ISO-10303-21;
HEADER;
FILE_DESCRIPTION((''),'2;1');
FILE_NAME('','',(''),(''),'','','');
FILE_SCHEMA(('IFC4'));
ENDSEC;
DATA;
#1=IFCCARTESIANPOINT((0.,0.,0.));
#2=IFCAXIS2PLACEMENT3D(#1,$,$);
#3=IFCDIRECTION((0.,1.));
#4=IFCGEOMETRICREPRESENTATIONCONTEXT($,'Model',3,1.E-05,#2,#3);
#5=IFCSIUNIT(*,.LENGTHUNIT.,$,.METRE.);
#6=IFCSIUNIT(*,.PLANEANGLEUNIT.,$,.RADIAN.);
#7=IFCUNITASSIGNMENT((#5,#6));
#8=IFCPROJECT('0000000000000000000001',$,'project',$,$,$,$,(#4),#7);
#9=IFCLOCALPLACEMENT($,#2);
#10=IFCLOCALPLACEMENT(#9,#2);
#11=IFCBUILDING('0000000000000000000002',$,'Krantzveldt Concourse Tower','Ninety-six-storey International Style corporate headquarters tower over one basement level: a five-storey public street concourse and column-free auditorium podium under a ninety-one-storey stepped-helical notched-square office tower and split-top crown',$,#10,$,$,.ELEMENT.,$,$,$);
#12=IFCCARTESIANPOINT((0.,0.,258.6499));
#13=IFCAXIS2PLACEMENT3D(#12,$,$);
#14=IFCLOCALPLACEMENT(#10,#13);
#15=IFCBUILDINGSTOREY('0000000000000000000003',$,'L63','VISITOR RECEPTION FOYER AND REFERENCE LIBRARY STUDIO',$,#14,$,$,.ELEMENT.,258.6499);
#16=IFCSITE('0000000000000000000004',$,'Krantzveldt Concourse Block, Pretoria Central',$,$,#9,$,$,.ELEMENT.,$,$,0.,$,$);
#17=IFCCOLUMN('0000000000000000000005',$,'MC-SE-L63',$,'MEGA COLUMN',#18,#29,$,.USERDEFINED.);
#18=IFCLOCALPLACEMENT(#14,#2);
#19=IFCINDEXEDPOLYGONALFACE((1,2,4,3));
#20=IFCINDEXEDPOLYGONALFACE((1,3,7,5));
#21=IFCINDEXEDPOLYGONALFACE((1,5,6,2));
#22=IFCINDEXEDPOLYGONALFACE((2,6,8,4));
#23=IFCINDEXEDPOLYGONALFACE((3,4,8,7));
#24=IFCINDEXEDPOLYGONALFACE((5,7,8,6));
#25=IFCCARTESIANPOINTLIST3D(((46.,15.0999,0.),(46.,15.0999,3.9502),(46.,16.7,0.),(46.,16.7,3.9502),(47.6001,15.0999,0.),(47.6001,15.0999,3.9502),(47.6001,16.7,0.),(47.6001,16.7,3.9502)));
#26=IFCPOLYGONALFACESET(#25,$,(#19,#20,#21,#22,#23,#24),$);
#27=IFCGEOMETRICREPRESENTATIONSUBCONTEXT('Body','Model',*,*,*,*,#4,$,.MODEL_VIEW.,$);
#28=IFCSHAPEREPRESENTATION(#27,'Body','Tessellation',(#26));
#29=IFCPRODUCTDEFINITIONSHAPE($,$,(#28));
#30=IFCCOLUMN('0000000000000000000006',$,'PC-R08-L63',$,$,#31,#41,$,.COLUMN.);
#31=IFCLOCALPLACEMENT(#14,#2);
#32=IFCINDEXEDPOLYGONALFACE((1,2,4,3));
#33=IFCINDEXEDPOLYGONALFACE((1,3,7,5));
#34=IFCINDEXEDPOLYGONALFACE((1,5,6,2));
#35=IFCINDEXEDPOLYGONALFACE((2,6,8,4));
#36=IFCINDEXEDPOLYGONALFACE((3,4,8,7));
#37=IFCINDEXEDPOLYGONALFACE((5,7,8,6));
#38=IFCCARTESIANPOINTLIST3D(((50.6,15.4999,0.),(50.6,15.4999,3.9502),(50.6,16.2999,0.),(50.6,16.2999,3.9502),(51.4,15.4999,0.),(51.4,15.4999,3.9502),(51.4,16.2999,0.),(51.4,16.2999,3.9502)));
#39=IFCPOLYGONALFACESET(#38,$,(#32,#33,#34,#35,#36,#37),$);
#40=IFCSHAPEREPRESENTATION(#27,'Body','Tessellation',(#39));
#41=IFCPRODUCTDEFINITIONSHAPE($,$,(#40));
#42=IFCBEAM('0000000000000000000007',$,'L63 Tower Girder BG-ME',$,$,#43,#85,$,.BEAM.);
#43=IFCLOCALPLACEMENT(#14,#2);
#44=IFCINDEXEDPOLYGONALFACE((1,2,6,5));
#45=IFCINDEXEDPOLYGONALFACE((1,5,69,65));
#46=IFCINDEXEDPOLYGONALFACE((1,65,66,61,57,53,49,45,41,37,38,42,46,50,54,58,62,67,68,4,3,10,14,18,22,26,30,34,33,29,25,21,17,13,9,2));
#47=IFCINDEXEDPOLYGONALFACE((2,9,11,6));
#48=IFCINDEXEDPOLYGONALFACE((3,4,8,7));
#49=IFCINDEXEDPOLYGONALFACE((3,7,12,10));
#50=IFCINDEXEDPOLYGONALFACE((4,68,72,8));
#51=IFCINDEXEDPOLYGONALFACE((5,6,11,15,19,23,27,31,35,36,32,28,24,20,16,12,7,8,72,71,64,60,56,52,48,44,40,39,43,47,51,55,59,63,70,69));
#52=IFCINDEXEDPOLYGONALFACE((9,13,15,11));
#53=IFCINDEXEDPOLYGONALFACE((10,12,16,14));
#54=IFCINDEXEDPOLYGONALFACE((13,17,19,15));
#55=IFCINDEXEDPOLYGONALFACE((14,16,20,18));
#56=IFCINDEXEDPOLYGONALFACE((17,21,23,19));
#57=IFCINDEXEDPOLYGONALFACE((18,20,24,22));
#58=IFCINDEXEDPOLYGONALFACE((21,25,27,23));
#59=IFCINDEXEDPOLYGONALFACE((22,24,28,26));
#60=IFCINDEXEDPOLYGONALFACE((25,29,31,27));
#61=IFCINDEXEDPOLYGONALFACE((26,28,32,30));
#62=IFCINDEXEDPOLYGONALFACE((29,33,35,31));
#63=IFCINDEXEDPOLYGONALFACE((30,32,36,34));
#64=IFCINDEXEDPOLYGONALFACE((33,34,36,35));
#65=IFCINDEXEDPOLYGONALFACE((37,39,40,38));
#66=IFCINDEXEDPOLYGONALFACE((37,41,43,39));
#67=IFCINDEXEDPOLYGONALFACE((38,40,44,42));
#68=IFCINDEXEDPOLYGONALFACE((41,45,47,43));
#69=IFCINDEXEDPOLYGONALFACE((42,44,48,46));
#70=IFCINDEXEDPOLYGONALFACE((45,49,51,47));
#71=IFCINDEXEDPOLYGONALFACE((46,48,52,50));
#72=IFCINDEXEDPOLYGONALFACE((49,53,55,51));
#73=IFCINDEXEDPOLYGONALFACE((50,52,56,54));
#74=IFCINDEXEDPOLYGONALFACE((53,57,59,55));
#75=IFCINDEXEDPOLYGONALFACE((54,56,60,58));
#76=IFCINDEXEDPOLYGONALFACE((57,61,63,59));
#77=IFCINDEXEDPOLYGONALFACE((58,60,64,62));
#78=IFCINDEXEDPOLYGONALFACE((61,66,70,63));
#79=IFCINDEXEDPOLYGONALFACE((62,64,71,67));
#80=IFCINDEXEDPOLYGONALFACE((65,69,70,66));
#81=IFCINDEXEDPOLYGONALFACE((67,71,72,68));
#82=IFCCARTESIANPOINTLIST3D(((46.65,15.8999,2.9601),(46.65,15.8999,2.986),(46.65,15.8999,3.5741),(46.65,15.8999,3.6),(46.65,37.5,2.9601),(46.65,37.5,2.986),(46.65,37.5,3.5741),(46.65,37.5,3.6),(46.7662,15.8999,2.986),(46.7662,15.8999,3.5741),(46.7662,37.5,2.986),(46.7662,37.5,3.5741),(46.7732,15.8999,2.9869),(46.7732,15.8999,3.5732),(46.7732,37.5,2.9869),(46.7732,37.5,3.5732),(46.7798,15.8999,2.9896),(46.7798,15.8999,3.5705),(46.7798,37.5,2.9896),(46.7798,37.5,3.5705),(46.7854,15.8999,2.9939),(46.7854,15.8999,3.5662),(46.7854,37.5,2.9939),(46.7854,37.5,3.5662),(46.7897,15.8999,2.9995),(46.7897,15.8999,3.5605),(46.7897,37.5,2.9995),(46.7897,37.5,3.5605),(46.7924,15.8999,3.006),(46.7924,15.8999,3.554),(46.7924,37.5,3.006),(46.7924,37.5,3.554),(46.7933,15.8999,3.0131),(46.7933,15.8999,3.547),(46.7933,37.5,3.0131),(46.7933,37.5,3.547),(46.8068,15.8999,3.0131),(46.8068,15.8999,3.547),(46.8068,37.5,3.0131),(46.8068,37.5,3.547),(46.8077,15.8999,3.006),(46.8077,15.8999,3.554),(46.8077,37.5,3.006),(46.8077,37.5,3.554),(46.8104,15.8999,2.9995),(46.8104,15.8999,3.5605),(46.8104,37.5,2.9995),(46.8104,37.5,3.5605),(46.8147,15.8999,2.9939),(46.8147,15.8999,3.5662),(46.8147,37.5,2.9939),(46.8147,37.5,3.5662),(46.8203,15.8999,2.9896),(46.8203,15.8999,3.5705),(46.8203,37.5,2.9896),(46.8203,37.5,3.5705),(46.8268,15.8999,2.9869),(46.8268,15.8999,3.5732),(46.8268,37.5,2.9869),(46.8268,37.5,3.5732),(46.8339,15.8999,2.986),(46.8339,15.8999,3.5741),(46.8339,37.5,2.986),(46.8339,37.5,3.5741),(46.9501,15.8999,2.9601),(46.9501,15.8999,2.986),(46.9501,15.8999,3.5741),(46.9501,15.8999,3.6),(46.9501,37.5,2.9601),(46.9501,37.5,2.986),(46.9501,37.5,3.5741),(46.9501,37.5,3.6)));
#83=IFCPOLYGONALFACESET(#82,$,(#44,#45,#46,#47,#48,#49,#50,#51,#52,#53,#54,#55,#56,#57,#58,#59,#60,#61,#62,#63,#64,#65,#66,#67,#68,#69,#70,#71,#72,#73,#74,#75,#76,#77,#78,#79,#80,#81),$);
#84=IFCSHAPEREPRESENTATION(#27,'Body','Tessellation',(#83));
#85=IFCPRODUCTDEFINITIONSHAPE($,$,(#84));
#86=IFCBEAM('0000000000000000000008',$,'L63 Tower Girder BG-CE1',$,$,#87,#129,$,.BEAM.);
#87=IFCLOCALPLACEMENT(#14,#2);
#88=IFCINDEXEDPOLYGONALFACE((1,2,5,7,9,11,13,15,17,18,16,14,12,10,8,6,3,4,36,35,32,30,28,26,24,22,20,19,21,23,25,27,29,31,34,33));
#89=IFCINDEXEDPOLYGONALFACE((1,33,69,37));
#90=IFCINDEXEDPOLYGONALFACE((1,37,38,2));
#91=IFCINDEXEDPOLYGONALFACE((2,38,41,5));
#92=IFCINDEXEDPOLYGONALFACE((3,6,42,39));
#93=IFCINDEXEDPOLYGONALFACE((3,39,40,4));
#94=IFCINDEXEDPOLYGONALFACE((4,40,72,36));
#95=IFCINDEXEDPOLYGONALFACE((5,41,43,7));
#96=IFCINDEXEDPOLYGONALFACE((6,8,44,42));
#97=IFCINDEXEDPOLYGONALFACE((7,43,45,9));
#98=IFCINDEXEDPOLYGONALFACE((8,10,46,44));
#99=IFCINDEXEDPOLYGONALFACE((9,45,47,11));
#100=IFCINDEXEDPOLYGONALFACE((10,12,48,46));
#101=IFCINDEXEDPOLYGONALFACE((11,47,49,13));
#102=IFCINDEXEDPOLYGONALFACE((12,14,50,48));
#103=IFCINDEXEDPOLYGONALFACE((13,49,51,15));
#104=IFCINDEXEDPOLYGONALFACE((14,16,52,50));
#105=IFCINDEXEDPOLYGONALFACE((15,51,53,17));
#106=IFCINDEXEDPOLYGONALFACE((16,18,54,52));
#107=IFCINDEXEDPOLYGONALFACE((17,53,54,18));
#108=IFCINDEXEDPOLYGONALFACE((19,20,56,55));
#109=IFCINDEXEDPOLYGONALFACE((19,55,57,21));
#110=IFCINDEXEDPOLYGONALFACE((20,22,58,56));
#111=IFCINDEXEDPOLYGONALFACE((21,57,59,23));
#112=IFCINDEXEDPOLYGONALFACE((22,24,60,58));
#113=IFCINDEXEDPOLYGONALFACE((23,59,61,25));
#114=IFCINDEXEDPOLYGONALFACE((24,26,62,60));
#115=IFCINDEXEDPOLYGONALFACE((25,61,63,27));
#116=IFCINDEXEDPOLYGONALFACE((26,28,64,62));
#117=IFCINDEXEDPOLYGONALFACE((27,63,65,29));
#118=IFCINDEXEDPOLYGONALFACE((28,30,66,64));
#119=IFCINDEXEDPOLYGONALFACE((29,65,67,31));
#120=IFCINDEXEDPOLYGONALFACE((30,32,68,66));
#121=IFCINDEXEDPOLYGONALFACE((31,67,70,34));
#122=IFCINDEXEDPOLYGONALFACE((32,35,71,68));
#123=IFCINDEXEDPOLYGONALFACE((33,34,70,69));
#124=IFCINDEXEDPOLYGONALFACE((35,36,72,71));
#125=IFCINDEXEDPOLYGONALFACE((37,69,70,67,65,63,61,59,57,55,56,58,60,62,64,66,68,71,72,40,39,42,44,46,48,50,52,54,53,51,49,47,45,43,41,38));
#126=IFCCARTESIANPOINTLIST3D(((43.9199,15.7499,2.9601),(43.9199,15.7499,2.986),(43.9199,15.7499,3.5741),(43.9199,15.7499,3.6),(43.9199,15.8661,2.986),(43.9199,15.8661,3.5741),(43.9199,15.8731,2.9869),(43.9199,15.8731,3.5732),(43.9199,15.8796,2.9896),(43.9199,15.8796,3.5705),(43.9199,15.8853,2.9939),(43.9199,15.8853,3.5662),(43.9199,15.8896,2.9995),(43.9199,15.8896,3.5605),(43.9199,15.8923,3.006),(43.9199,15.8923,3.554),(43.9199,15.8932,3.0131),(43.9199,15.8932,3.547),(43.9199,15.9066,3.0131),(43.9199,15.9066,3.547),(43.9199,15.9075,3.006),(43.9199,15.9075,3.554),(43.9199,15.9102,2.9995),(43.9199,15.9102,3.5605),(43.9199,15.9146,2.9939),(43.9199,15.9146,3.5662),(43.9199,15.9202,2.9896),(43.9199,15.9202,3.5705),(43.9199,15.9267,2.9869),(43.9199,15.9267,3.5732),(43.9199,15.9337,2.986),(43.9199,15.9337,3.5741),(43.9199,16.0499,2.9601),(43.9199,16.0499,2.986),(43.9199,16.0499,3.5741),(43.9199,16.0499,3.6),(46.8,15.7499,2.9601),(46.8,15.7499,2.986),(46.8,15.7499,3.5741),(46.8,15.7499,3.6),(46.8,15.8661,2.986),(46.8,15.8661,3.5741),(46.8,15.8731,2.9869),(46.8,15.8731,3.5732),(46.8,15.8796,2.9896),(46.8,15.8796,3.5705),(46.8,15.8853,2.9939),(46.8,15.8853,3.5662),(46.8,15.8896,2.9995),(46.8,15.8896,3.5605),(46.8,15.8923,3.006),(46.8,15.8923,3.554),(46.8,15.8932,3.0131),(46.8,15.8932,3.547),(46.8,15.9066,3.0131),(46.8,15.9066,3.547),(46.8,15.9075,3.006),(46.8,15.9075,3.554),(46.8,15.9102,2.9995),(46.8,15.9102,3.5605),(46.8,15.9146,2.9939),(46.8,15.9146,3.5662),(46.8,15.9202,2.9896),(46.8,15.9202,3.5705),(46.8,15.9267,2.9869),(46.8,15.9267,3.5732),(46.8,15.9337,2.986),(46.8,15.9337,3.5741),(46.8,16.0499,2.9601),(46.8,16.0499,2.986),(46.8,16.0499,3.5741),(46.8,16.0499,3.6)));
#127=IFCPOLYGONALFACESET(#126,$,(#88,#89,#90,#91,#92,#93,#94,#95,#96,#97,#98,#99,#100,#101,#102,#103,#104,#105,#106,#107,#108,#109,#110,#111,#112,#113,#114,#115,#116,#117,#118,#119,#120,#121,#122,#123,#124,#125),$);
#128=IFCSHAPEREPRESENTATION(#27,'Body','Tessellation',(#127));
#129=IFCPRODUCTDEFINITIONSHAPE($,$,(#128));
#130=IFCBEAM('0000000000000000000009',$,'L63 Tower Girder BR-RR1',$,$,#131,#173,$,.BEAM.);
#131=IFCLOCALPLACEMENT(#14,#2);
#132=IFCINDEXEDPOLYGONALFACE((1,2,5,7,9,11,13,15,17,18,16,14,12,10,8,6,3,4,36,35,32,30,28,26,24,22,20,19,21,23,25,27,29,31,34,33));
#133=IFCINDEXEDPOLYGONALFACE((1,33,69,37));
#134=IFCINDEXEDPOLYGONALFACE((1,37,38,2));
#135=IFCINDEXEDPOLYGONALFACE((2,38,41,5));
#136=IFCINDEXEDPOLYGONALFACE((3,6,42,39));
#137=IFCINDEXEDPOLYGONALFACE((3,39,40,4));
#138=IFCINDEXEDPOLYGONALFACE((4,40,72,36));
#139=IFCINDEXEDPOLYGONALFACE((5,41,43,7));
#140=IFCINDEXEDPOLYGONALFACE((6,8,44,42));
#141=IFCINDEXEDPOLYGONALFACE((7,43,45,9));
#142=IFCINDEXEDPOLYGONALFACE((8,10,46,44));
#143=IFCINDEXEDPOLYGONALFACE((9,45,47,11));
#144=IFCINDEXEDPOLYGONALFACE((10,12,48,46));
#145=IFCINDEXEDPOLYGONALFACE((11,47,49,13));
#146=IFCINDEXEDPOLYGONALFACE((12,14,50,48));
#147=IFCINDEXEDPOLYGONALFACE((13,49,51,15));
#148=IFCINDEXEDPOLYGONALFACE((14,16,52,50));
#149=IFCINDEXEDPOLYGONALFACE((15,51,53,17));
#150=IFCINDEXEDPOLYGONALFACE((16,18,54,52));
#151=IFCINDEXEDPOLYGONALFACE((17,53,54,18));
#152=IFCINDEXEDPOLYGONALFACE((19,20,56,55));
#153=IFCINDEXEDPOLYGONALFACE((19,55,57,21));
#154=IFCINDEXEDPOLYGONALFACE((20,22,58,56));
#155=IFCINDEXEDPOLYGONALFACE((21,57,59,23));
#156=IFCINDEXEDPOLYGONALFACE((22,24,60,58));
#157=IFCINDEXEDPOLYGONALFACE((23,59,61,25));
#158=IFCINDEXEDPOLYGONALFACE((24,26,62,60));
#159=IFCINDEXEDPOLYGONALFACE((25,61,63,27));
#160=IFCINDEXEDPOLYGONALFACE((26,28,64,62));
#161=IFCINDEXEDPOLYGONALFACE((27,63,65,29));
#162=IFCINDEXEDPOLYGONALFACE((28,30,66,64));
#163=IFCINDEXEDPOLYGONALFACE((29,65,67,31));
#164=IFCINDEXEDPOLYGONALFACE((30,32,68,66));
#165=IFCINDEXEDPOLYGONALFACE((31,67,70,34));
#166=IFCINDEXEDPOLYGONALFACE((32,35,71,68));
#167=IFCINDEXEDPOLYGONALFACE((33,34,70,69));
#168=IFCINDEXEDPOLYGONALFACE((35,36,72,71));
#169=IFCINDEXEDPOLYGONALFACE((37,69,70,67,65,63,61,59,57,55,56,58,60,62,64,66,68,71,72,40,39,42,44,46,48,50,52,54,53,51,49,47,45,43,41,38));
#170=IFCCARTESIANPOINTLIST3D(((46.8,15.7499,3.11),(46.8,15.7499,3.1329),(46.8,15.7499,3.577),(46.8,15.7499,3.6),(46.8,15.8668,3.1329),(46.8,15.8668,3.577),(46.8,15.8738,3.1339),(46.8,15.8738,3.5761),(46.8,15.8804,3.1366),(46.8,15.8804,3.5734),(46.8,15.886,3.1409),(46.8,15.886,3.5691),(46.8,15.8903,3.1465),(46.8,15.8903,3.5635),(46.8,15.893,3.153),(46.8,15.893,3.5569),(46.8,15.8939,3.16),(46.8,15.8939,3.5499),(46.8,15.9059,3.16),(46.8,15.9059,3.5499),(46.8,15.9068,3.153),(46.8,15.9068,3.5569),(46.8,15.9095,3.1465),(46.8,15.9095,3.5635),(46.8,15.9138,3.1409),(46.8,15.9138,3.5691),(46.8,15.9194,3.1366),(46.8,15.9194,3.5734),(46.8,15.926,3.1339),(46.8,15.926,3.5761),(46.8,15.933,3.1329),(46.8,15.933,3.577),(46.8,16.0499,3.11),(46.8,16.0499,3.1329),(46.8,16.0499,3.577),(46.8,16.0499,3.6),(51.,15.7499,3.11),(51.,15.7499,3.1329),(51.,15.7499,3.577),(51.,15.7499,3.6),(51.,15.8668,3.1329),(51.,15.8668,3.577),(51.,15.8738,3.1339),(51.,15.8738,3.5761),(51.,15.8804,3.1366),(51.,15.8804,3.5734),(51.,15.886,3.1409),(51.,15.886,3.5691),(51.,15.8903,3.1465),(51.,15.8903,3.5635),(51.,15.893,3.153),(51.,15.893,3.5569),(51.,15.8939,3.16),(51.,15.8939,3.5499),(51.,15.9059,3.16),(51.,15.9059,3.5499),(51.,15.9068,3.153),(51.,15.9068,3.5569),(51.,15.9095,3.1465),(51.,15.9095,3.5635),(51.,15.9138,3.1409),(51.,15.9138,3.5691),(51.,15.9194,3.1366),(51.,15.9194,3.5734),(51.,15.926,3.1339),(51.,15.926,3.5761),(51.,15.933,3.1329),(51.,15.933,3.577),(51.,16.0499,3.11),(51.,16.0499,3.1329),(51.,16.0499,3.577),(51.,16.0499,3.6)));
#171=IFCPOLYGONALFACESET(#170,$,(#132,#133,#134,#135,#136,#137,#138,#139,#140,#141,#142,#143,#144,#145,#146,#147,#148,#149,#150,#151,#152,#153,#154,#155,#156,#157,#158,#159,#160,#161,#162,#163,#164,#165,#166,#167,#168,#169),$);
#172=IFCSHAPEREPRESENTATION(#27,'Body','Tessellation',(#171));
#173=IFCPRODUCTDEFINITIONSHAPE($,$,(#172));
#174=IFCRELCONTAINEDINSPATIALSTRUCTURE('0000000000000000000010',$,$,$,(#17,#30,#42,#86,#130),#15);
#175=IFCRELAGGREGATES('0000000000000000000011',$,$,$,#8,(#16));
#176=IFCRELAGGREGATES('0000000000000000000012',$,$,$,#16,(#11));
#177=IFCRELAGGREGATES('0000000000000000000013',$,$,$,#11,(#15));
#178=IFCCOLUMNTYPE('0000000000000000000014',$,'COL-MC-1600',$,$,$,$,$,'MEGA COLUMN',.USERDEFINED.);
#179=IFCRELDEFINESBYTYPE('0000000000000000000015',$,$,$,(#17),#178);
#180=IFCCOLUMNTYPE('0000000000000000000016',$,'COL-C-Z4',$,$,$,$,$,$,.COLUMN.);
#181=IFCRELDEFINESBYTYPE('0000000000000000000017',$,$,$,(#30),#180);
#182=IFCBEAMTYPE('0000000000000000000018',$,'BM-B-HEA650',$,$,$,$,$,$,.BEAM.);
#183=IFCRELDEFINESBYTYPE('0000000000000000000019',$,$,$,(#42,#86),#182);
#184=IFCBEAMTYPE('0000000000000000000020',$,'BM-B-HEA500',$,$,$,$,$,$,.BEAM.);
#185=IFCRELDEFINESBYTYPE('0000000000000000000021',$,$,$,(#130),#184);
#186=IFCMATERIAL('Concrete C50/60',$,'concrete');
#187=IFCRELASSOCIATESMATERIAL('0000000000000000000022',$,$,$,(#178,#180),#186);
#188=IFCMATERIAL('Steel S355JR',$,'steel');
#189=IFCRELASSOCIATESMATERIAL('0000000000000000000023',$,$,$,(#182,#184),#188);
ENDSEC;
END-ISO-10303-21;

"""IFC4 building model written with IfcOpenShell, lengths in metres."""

from ifc_helpers import new_model, si_unit, direction, frame, origin, origin_2d, place, context, subcontext, project, spatial, rectangle, i_section, extrude, source, transform, mapped, material, material_profile, profile_set, type_object, type_shapes, element, save


model = new_model("IFC4")

# Units and contexts
model_context = context("Model", 3, precision=1e-05, world=origin(), true_north=direction((0.0, 1.0)))
body_context = subcontext(model_context, "Body", "Model", "MODEL_VIEW")
ifc_project = project(units=[si_unit("LENGTHUNIT", "METRE"), si_unit("PLANEANGLEUNIT", "RADIAN")], contexts=[model_context])

# Site, building, storey
site_placement = place(None, origin())
site = spatial("IfcSite", under=ifc_project, at=site_placement, Name="Krantzveldt Concourse Block, Pretoria Central", CompositionType="ELEMENT", RefElevation=0.0)
building_placement = place(site_placement, origin())
building = spatial("IfcBuilding", under=site, at=building_placement, Name="Krantzveldt Concourse Tower", Description="Ninety-six-storey International Style corporate headquarters tower over one basement level: a five-storey public street concourse and column-free auditorium podium under a ninety-one-storey stepped-helical notched-square office tower and split-top crown", CompositionType="ELEMENT")
storey_placement = place(building_placement, frame((0.0, 0.0, 258.6499)))
storey = spatial("IfcBuildingStorey", under=building, at=storey_placement, Name="L63", Description="VISITOR RECEPTION FOYER AND REFERENCE LIBRARY STUDIO", CompositionType="ELEMENT", Elevation=258.6499)

# Columns
ifc_material_1 = material(Name="Concrete C50/60", Category="concrete")
ifc_material_profile_1 = material_profile(ifc_material_1, rectangle(XDim=1.6001, YDim=1.6001, at=origin_2d()), Name="Concrete C50/60", Category="concrete")
ifc_profile_set_1 = profile_set([ifc_material_profile_1], Name="Concrete C50/60 - RC 1600x1600")
column_type_1 = type_object("IfcColumnType", Name="COL-MC-1600", ElementType="MEGA COLUMN", PredefinedType="USERDEFINED", material=ifc_profile_set_1)
shared_shape_1 = source(origin(), body_context, "Body", "SweptSolid", [
    extrude(rectangle(XDim=1.6001, YDim=1.6001, at=origin_2d()), origin(), (0.0, 0.0, 1.0), 3.9502),
])
type_shapes(column_type_1, [shared_shape_1])
column_1_placement = place(storey_placement, frame((46.8, 15.8999, 0.0), z_axis=(0.0, 0.0, 1.0), x_axis=(1.0, 0.0, 0.0)))
element("IfcColumn", 1, at=column_1_placement, inside=storey, type_object=column_type_1, Name="MC-SE-L63", ObjectType="MEGA COLUMN", PredefinedType="USERDEFINED", context=body_context, shape_type="MappedRepresentation", body=[
    mapped(shared_shape_1, transform((0.0, 0.0, 0.0), x_axis=(1.0, 0.0, 0.0), y_axis=(0.0, 1.0, 0.0), z_axis=(0.0, 0.0, 1.0), scale=1.0)),
])
ifc_material_profile_2 = material_profile(ifc_material_1, rectangle(XDim=0.8, YDim=0.8, at=origin_2d()), Name="Concrete C50/60", Category="concrete")
ifc_profile_set_2 = profile_set([ifc_material_profile_2], Name="Concrete C50/60 - RC 800x800")
column_type_2 = type_object("IfcColumnType", Name="COL-C-Z4", PredefinedType="COLUMN", material=ifc_profile_set_2)
shared_shape_2 = source(origin(), body_context, "Body", "SweptSolid", [
    extrude(rectangle(XDim=0.8, YDim=0.8, at=origin_2d()), origin(), (0.0, 0.0, 1.0), 3.9502),
])
type_shapes(column_type_2, [shared_shape_2])
column_2_placement = place(storey_placement, frame((51.0, 15.8999, 0.0), z_axis=(0.0, 0.0, 1.0), x_axis=(1.0, 0.0, 0.0)))
element("IfcColumn", 2, at=column_2_placement, inside=storey, type_object=column_type_2, Name="PC-R08-L63", PredefinedType="COLUMN", context=body_context, shape_type="MappedRepresentation", body=[
    mapped(shared_shape_2, transform((0.0, 0.0, 0.0), x_axis=(1.0, 0.0, 0.0), y_axis=(0.0, 1.0, 0.0), z_axis=(0.0, 0.0, 1.0), scale=1.0)),
])

# Beams
ifc_material_2 = material(Name="Steel S355JR", Category="steel")
ifc_material_profile_3 = material_profile(ifc_material_2, i_section(OverallWidth=0.3, OverallDepth=0.6399, WebThickness=0.0134, FlangeThickness=0.0259, FilletRadius=0.0271, at=origin_2d()), Name="Steel S355JR", Category="steel")
ifc_profile_set_3 = profile_set([ifc_material_profile_3], Name="Steel S355JR - HEA 650")
beam_type_1 = type_object("IfcBeamType", Name="BM-B-HEA650", PredefinedType="BEAM", material=ifc_profile_set_3)
shared_shape_3 = source(origin(), body_context, "Body", "SweptSolid", [
    extrude(i_section(OverallWidth=0.3, OverallDepth=0.6399, WebThickness=0.0134, FlangeThickness=0.0259, FilletRadius=0.0271, at=origin_2d()), origin(), (0.0, 0.0, 1.0), 21.6001),
])
beam_1_placement = place(storey_placement, frame((46.8, 15.8999, 3.28), z_axis=(0.0, 1.0, 0.0), x_axis=(-1.0, 0.0, 0.0)))
element("IfcBeam", 3, at=beam_1_placement, inside=storey, type_object=beam_type_1, Name="L63 Tower Girder BG-ME", PredefinedType="BEAM", context=body_context, shape_type="MappedRepresentation", body=[
    mapped(shared_shape_3, transform((0.0, 0.0, 0.0), x_axis=(1.0, 0.0, 0.0), y_axis=(0.0, 1.0, 0.0), z_axis=(0.0, 0.0, 1.0), scale=1.0)),
])
shared_shape_4 = source(origin(), body_context, "Body", "SweptSolid", [
    extrude(i_section(OverallWidth=0.3, OverallDepth=0.6399, WebThickness=0.0134, FlangeThickness=0.0259, FilletRadius=0.0271, at=origin_2d()), origin(), (0.0, 0.0, 1.0), 2.8801),
])
type_shapes(beam_type_1, [shared_shape_3, shared_shape_4])
beam_2_placement = place(storey_placement, frame((43.9199, 15.8999, 3.28), z_axis=(1.0, 0.0, 0.0), x_axis=(0.0, 1.0, 0.0)))
element("IfcBeam", 4, at=beam_2_placement, inside=storey, type_object=beam_type_1, Name="L63 Tower Girder BG-CE1", PredefinedType="BEAM", context=body_context, shape_type="MappedRepresentation", body=[
    mapped(shared_shape_4, transform((0.0, 0.0, 0.0), x_axis=(1.0, 0.0, 0.0), y_axis=(0.0, 1.0, 0.0), z_axis=(0.0, 0.0, 1.0), scale=1.0)),
])
ifc_material_profile_4 = material_profile(ifc_material_2, i_section(OverallWidth=0.3, OverallDepth=0.49, WebThickness=0.012, FlangeThickness=0.0229, FilletRadius=0.0271, at=origin_2d()), Name="Steel S355JR", Category="steel")
ifc_profile_set_4 = profile_set([ifc_material_profile_4], Name="Steel S355JR - HEA 500")
beam_type_2 = type_object("IfcBeamType", Name="BM-B-HEA500", PredefinedType="BEAM", material=ifc_profile_set_4)
shared_shape_5 = source(origin(), body_context, "Body", "SweptSolid", [
    extrude(i_section(OverallWidth=0.3, OverallDepth=0.49, WebThickness=0.012, FlangeThickness=0.0229, FilletRadius=0.0271, at=origin_2d()), origin(), (0.0, 0.0, 1.0), 4.2),
])
beam_3_placement = place(storey_placement, frame((46.8, 15.8999, 3.355), z_axis=(1.0, 0.0, 0.0), x_axis=(0.0, 1.0, 0.0)))
element("IfcBeam", 5, at=beam_3_placement, inside=storey, type_object=beam_type_2, Name="L63 Tower Girder BR-RR1", PredefinedType="BEAM", context=body_context, shape_type="MappedRepresentation", body=[
    mapped(shared_shape_5, transform((0.0, 0.0, 0.0), x_axis=(1.0, 0.0, 0.0), y_axis=(0.0, 1.0, 0.0), z_axis=(0.0, 0.0, 1.0), scale=1.0)),
])

save(model, "model.ifc")
